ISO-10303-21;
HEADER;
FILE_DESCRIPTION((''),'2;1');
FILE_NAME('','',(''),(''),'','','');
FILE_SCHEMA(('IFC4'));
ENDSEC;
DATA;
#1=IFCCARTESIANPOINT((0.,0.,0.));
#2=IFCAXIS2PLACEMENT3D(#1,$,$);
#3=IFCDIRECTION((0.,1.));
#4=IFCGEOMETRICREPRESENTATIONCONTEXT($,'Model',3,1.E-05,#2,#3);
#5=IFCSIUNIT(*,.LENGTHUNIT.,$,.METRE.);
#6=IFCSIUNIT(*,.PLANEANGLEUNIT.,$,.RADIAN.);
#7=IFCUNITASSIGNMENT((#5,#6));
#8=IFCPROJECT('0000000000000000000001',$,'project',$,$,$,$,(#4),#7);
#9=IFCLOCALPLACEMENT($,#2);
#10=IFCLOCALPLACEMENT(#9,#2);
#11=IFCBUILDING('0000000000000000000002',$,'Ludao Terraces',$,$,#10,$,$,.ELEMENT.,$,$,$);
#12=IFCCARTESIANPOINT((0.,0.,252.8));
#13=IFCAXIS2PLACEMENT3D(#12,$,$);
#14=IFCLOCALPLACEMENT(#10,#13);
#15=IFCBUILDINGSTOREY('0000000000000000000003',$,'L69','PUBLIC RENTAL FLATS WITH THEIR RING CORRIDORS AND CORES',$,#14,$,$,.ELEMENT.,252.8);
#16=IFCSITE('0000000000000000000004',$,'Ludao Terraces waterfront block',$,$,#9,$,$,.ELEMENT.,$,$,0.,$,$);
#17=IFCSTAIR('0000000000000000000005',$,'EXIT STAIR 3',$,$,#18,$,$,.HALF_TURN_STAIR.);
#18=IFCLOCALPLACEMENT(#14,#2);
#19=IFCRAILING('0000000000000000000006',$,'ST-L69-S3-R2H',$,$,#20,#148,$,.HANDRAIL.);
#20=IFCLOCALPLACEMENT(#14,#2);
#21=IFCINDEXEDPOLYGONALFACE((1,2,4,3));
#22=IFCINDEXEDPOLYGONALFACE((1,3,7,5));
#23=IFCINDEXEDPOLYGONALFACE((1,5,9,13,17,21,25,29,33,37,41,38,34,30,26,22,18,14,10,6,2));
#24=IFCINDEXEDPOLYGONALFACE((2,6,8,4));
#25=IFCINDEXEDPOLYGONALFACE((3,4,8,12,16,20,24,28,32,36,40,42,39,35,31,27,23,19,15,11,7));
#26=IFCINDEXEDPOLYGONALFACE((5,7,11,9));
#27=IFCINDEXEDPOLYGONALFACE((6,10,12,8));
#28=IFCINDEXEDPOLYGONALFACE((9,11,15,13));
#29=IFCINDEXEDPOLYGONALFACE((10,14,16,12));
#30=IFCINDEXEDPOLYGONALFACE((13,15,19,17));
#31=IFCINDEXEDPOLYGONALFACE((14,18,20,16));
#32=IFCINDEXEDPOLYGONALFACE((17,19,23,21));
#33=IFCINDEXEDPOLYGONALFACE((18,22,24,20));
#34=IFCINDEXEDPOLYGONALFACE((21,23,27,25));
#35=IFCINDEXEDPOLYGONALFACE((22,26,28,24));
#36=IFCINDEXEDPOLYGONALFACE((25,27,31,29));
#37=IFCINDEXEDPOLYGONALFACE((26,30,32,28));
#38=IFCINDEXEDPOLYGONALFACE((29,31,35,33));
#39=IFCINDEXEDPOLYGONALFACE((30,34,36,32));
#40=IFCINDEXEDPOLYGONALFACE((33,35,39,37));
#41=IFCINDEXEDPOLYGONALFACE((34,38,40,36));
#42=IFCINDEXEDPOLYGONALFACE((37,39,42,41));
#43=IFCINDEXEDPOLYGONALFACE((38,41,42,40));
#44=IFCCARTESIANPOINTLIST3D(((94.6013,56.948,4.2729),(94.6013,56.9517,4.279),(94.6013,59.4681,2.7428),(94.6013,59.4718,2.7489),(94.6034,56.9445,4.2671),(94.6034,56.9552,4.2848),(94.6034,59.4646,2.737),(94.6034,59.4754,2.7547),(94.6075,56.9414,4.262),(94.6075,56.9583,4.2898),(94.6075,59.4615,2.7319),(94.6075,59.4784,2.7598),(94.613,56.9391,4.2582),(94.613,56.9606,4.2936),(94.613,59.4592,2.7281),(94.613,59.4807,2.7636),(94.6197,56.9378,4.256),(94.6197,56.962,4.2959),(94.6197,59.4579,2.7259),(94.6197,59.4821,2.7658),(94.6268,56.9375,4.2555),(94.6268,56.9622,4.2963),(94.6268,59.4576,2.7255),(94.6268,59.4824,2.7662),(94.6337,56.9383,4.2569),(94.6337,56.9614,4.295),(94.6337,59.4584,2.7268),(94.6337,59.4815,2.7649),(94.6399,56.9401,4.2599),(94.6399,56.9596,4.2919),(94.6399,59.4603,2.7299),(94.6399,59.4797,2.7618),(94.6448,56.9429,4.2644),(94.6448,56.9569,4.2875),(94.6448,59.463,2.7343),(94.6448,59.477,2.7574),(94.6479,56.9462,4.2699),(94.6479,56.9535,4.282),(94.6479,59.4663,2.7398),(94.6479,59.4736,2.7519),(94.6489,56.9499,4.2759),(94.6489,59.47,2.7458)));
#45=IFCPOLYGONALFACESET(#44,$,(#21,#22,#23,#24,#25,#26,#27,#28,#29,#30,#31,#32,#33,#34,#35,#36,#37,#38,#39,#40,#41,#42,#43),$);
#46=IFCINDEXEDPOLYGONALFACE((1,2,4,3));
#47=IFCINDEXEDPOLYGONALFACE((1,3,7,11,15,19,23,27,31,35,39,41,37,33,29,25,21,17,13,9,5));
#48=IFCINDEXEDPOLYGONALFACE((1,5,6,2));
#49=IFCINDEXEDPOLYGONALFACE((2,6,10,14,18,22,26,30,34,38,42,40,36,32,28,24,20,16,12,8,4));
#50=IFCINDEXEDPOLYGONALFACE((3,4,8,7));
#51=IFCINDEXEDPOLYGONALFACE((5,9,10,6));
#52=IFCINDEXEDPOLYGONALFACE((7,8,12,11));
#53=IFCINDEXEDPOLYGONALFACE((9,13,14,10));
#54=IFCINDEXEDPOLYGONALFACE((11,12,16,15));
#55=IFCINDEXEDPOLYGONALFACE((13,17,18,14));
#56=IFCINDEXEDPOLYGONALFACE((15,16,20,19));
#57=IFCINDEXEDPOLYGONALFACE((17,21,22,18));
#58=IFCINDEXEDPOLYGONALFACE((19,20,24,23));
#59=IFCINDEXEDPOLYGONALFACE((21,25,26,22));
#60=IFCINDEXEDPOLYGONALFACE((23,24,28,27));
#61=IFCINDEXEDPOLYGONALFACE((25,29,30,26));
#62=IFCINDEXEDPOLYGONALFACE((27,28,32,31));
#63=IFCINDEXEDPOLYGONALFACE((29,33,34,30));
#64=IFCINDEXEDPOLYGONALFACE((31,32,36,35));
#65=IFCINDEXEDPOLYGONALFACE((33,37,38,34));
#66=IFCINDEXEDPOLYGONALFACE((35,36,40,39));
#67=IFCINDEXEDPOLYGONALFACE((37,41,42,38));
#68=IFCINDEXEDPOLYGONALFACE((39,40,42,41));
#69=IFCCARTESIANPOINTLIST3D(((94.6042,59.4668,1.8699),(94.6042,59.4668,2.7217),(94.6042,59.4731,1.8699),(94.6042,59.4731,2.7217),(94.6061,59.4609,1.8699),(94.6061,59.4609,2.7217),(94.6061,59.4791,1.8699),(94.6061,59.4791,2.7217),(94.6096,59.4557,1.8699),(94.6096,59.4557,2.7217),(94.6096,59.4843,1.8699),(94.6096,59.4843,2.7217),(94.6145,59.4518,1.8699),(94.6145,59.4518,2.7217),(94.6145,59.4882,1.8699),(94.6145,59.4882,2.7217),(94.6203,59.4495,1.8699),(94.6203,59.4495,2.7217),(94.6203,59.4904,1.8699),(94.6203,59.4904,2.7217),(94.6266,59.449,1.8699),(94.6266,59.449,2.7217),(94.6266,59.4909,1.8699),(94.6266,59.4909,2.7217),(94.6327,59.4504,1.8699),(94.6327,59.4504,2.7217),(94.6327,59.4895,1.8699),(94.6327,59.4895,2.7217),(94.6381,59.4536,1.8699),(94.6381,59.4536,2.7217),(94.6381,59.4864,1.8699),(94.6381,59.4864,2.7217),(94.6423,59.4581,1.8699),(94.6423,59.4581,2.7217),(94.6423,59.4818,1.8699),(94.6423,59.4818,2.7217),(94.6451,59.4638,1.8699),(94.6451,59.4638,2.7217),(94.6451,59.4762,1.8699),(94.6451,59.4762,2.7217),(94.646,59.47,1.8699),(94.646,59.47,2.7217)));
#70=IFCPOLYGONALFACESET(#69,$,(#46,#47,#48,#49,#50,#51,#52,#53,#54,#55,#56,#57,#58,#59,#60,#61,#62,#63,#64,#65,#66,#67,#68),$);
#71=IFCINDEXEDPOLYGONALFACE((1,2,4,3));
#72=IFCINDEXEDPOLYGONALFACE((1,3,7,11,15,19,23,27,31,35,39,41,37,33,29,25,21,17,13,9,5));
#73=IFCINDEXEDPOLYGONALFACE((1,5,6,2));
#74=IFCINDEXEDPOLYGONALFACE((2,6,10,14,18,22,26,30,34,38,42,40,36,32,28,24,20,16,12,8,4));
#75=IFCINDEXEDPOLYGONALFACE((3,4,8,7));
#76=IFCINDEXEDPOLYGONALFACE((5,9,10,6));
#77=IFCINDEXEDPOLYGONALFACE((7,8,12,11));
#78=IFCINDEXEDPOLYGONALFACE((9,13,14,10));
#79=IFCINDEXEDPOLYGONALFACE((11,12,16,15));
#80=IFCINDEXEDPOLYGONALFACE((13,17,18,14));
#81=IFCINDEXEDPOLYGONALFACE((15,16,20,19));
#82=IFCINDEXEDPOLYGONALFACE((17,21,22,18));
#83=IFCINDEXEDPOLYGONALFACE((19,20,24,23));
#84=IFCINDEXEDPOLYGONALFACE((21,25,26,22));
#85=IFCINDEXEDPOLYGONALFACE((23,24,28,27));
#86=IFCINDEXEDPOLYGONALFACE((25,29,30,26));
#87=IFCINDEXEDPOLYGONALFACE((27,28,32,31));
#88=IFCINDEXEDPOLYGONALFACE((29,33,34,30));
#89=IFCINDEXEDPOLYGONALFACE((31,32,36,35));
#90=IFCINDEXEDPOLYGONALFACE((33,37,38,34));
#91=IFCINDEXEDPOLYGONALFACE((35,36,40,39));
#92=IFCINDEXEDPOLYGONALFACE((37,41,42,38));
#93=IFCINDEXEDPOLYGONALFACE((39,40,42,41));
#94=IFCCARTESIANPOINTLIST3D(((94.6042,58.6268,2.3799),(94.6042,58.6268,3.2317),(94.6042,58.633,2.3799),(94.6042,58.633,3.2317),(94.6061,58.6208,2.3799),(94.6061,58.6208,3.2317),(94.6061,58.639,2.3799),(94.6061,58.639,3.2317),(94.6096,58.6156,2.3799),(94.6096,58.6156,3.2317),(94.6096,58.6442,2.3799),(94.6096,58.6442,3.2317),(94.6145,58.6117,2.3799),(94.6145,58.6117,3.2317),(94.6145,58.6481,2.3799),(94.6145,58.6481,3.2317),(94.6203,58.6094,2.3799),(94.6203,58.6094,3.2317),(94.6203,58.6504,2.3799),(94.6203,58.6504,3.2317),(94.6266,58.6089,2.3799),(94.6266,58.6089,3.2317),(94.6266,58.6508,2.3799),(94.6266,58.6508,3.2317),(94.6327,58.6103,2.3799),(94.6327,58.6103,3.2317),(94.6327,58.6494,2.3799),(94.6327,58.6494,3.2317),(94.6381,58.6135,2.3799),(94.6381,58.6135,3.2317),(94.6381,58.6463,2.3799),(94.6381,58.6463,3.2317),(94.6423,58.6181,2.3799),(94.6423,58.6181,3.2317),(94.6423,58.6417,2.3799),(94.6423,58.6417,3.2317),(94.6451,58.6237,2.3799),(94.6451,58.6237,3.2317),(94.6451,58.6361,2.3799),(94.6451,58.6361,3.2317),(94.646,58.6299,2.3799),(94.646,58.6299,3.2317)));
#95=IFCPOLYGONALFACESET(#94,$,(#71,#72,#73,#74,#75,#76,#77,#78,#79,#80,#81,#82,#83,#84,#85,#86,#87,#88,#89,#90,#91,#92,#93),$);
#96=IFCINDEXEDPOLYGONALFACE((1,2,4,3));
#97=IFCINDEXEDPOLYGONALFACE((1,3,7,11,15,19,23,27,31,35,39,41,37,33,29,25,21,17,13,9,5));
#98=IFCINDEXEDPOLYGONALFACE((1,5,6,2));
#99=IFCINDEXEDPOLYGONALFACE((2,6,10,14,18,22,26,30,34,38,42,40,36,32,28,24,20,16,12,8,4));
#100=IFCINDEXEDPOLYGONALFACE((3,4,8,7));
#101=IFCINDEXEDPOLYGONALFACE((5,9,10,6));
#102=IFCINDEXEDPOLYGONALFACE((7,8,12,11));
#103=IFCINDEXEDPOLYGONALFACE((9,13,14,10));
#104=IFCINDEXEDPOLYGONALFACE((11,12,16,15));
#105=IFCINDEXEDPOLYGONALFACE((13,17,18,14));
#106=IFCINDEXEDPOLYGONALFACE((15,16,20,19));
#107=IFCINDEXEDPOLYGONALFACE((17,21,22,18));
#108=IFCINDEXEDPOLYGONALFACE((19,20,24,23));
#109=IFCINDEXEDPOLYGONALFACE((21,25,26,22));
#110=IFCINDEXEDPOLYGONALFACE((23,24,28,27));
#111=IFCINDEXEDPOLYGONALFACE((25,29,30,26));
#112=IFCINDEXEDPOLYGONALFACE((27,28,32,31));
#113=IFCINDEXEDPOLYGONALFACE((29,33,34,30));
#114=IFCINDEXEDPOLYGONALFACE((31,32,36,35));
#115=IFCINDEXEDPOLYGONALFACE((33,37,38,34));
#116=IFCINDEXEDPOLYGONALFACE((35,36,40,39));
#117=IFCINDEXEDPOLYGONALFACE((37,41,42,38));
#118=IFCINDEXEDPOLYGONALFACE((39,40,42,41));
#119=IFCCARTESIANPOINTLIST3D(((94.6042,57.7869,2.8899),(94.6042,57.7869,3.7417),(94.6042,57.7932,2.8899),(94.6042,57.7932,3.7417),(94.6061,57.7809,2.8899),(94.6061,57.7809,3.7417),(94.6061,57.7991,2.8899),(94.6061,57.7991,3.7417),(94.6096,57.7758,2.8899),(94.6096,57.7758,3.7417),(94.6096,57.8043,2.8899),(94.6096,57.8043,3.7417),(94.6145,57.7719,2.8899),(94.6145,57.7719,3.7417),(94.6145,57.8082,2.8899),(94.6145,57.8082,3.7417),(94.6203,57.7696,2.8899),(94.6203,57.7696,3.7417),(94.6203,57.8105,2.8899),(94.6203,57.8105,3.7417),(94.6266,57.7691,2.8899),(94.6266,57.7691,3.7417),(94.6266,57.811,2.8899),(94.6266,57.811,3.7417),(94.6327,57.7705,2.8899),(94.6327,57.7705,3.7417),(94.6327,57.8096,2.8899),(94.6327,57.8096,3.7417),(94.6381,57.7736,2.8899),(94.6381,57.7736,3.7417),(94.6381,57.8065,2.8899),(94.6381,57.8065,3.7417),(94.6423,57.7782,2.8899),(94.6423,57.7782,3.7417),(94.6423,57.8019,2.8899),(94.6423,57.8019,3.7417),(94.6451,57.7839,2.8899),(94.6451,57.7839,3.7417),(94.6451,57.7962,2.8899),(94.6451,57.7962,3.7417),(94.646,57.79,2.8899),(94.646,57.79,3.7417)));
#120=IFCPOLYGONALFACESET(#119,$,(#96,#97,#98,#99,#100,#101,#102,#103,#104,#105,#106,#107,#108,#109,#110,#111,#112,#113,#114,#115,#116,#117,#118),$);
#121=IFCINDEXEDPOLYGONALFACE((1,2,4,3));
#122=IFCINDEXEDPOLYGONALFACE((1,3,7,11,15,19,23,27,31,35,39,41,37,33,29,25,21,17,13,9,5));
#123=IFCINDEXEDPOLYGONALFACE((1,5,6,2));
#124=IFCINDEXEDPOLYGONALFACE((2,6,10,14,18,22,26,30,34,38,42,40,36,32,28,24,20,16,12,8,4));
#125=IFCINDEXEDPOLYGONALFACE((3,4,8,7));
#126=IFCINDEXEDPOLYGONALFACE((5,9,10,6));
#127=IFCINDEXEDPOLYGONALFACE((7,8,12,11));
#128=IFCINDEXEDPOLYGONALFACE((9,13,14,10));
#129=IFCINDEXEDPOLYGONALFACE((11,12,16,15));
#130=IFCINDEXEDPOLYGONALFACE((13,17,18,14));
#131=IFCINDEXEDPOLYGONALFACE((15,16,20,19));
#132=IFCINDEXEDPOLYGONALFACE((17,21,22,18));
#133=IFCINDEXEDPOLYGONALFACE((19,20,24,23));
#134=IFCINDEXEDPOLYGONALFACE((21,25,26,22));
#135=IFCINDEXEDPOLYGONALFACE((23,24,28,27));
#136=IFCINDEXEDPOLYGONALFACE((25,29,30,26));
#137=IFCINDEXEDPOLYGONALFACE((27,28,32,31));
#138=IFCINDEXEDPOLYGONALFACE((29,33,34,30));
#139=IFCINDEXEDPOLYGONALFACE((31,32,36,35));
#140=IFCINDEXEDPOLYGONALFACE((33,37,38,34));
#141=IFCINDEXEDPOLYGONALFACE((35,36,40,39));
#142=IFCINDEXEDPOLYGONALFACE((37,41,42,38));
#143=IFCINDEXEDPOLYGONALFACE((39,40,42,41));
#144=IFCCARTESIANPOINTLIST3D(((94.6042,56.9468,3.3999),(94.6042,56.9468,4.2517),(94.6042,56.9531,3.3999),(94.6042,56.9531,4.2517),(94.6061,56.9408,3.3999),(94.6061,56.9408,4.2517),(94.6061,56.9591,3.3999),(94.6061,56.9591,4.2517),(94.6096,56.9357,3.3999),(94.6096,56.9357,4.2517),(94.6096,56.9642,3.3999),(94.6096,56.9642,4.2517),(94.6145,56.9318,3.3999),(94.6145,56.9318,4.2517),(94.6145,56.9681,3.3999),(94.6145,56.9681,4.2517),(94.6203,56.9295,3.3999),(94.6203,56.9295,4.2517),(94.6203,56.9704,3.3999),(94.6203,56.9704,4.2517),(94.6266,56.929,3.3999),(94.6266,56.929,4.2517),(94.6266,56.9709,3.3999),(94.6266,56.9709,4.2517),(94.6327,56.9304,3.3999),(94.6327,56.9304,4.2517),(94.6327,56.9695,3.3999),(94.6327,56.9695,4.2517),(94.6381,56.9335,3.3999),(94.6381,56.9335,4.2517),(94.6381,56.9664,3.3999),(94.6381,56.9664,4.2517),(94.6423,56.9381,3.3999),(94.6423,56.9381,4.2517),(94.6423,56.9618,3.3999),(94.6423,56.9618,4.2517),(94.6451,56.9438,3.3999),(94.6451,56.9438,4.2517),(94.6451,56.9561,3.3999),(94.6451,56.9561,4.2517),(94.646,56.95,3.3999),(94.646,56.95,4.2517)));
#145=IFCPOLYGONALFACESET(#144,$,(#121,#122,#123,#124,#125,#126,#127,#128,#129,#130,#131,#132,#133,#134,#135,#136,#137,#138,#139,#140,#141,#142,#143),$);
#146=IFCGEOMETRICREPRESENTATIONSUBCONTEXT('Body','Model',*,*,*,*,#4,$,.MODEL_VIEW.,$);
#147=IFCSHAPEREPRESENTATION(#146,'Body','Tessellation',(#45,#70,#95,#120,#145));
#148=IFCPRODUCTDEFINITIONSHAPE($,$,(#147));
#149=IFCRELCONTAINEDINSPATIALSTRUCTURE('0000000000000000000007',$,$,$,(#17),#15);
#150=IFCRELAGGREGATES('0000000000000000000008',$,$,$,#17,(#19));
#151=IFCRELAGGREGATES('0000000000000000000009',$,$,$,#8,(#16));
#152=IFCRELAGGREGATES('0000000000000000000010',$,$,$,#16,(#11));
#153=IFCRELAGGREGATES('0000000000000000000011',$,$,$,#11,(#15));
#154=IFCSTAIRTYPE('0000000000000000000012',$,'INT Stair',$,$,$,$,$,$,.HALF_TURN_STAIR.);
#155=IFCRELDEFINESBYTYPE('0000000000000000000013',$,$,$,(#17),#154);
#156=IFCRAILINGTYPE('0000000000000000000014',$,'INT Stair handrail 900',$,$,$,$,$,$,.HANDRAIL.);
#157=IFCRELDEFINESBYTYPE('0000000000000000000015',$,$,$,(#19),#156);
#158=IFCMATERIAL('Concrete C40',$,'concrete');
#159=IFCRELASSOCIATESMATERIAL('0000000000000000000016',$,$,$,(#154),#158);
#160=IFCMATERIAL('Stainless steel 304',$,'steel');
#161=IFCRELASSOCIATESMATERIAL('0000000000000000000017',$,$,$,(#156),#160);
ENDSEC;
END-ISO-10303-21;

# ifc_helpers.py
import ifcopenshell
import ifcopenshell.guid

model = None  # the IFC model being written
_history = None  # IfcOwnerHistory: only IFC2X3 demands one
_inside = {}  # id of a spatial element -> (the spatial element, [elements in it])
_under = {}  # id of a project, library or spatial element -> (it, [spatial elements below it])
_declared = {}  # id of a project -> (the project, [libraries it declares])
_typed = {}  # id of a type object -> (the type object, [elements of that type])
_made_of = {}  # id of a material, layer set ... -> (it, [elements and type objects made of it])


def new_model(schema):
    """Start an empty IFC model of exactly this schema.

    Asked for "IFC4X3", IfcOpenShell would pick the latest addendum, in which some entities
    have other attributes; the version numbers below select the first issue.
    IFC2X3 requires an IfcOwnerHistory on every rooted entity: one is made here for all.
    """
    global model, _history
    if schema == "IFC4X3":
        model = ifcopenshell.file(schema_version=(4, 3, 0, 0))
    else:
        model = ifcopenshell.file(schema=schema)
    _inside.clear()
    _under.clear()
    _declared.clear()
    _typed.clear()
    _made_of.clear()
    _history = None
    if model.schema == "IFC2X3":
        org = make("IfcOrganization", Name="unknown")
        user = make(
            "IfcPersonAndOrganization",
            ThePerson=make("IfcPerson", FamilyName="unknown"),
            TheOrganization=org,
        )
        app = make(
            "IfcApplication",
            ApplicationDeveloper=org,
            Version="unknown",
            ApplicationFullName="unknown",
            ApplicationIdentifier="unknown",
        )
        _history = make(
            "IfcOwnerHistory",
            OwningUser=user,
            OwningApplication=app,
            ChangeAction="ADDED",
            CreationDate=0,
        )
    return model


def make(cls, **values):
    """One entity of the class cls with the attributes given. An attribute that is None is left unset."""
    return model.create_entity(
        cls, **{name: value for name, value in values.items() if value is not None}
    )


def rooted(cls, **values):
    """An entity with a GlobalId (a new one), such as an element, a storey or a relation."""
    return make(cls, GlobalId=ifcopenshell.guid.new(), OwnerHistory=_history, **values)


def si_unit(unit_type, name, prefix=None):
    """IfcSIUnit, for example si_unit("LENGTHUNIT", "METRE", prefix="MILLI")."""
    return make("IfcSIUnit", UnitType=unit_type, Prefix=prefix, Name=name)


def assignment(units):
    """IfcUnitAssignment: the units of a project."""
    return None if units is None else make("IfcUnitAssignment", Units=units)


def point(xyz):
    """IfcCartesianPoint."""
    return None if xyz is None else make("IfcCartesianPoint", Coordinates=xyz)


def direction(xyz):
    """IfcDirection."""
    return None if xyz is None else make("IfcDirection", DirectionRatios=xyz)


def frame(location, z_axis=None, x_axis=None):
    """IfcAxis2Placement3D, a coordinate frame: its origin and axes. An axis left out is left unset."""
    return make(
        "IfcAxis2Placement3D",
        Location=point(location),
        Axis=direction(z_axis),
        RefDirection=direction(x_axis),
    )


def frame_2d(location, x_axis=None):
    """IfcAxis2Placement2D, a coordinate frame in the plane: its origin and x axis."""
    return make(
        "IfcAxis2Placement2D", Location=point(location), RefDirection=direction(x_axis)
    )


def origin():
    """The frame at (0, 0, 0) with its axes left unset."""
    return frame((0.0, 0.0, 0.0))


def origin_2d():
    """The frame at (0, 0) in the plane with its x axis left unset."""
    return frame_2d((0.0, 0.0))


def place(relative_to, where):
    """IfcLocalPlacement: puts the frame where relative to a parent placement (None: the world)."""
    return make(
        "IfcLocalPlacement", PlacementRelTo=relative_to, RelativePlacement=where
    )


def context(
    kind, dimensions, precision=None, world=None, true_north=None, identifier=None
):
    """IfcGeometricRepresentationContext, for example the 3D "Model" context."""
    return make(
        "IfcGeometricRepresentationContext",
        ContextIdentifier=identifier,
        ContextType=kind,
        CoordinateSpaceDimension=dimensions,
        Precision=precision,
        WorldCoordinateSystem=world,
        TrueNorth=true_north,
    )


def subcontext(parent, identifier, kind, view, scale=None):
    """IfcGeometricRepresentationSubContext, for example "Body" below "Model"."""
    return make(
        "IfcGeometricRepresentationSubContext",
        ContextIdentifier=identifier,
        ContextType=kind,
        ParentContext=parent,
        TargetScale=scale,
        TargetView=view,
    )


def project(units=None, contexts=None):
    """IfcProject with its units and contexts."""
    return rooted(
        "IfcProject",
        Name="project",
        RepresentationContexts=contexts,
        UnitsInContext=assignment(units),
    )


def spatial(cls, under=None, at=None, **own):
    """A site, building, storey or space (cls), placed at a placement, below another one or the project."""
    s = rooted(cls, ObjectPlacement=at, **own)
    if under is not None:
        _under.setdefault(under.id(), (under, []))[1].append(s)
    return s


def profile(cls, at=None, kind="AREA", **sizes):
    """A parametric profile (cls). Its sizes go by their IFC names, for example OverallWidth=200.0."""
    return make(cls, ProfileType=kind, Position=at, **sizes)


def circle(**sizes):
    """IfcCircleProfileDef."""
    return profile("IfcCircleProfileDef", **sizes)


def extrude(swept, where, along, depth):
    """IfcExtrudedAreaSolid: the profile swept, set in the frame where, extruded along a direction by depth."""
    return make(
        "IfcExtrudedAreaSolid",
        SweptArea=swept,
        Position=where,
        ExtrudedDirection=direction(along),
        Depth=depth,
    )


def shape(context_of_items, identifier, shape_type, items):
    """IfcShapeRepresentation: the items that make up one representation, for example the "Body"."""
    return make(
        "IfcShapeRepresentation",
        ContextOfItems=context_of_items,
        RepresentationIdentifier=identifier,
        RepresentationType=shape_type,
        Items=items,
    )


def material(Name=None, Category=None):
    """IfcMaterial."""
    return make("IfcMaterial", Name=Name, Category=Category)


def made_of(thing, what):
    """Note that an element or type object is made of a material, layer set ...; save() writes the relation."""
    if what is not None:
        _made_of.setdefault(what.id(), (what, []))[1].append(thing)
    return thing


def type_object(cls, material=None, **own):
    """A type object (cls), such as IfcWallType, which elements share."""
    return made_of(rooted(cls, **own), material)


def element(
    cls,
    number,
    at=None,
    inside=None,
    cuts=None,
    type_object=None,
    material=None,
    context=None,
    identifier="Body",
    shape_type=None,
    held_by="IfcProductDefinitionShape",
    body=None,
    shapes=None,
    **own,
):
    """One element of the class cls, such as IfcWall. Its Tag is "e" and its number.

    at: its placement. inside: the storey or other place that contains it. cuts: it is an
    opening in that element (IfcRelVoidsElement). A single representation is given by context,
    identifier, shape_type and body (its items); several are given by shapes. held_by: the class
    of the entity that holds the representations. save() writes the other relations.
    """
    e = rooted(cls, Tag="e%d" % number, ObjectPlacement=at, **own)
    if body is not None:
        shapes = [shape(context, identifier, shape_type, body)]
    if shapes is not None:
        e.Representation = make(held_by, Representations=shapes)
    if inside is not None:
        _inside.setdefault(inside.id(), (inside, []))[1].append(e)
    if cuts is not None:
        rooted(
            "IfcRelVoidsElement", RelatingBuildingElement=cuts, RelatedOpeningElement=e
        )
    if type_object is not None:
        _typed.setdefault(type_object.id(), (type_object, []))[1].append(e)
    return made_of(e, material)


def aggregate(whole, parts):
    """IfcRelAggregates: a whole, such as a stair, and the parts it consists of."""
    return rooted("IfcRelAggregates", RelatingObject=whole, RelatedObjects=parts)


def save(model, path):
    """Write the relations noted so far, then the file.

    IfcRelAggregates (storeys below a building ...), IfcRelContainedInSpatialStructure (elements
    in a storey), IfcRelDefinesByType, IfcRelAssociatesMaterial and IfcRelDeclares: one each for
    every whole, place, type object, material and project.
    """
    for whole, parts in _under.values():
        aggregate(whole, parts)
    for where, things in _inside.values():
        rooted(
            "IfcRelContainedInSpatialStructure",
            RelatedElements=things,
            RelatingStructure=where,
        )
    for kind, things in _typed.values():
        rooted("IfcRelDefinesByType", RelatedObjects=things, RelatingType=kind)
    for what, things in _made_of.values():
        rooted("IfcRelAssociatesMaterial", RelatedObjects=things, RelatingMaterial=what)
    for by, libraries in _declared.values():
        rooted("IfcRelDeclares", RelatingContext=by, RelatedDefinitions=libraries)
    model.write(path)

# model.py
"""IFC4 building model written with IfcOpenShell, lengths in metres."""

from ifc_helpers import new_model, si_unit, direction, frame, origin, origin_2d, place, context, subcontext, project, spatial, circle, extrude, material, type_object, element, aggregate, save


model = new_model("IFC4")

# Units and contexts
model_context = context("Model", 3, precision=1e-05, world=origin(), true_north=direction((0.0, 1.0)))
body_context = subcontext(model_context, "Body", "Model", "MODEL_VIEW")
ifc_project = project(units=[si_unit("LENGTHUNIT", "METRE"), si_unit("PLANEANGLEUNIT", "RADIAN")], contexts=[model_context])

# Site, building, storey
site_placement = place(None, origin())
site = spatial("IfcSite", under=ifc_project, at=site_placement, Name="Ludao Terraces waterfront block", CompositionType="ELEMENT", RefElevation=0.0)
building_placement = place(site_placement, origin())
building = spatial("IfcBuilding", under=site, at=building_placement, Name="Ludao Terraces", CompositionType="ELEMENT")
storey_placement = place(building_placement, frame((0.0, 0.0, 252.8)))
storey = spatial("IfcBuildingStorey", under=building, at=storey_placement, Name="L69", Description="PUBLIC RENTAL FLATS WITH THEIR RING CORRIDORS AND CORES", CompositionType="ELEMENT", Elevation=252.8)

# Shared definitions
ifc_material_1 = material(Name="Concrete C40", Category="concrete")

# Stair, railing
stair_type = type_object("IfcStairType", Name="INT Stair", PredefinedType="HALF_TURN_STAIR", material=ifc_material_1)
stair_placement = place(storey_placement, origin())
stair = element("IfcStair", 1, at=stair_placement, inside=storey, type_object=stair_type, Name="EXIT STAIR 3", PredefinedType="HALF_TURN_STAIR")
ifc_material_2 = material(Name="Stainless steel 304", Category="steel")
railing_type_1 = type_object("IfcRailingType", Name="INT Stair handrail 900", PredefinedType="HANDRAIL", material=ifc_material_2)
railing_1_placement = place(storey_placement, frame((94.625, 59.47, 1.8699)))
railing_1 = element("IfcRailing", 2, at=railing_1_placement, type_object=railing_type_1, Name="ST-L69-S3-R2H", PredefinedType="HANDRAIL", context=body_context, shape_type="SweptSolid", body=[
    extrude(circle(Radius=0.0239, at=origin_2d()), frame((0.0, 0.0, 0.876), z_axis=(0.0, -0.854785, 0.518982), x_axis=(1.0, 0.0, 0.0)), (0.0, 0.0, 1.0), 2.9482),
    extrude(circle(Radius=0.021, at=origin_2d()), origin(), (0.0, 0.0, 1.0), 0.8518),
    extrude(circle(Radius=0.021, at=origin_2d()), frame((0.0, -0.8401, 0.51)), (0.0, 0.0, 1.0), 0.8518),
    extrude(circle(Radius=0.021, at=origin_2d()), frame((0.0, -1.6799, 1.02)), (0.0, 0.0, 1.0), 0.8518),
    extrude(circle(Radius=0.021, at=origin_2d()), frame((0.0, -2.52, 1.53)), (0.0, 0.0, 1.0), 0.8518),
])
aggregate(stair, [railing_1])

save(model, "model.ifc")
